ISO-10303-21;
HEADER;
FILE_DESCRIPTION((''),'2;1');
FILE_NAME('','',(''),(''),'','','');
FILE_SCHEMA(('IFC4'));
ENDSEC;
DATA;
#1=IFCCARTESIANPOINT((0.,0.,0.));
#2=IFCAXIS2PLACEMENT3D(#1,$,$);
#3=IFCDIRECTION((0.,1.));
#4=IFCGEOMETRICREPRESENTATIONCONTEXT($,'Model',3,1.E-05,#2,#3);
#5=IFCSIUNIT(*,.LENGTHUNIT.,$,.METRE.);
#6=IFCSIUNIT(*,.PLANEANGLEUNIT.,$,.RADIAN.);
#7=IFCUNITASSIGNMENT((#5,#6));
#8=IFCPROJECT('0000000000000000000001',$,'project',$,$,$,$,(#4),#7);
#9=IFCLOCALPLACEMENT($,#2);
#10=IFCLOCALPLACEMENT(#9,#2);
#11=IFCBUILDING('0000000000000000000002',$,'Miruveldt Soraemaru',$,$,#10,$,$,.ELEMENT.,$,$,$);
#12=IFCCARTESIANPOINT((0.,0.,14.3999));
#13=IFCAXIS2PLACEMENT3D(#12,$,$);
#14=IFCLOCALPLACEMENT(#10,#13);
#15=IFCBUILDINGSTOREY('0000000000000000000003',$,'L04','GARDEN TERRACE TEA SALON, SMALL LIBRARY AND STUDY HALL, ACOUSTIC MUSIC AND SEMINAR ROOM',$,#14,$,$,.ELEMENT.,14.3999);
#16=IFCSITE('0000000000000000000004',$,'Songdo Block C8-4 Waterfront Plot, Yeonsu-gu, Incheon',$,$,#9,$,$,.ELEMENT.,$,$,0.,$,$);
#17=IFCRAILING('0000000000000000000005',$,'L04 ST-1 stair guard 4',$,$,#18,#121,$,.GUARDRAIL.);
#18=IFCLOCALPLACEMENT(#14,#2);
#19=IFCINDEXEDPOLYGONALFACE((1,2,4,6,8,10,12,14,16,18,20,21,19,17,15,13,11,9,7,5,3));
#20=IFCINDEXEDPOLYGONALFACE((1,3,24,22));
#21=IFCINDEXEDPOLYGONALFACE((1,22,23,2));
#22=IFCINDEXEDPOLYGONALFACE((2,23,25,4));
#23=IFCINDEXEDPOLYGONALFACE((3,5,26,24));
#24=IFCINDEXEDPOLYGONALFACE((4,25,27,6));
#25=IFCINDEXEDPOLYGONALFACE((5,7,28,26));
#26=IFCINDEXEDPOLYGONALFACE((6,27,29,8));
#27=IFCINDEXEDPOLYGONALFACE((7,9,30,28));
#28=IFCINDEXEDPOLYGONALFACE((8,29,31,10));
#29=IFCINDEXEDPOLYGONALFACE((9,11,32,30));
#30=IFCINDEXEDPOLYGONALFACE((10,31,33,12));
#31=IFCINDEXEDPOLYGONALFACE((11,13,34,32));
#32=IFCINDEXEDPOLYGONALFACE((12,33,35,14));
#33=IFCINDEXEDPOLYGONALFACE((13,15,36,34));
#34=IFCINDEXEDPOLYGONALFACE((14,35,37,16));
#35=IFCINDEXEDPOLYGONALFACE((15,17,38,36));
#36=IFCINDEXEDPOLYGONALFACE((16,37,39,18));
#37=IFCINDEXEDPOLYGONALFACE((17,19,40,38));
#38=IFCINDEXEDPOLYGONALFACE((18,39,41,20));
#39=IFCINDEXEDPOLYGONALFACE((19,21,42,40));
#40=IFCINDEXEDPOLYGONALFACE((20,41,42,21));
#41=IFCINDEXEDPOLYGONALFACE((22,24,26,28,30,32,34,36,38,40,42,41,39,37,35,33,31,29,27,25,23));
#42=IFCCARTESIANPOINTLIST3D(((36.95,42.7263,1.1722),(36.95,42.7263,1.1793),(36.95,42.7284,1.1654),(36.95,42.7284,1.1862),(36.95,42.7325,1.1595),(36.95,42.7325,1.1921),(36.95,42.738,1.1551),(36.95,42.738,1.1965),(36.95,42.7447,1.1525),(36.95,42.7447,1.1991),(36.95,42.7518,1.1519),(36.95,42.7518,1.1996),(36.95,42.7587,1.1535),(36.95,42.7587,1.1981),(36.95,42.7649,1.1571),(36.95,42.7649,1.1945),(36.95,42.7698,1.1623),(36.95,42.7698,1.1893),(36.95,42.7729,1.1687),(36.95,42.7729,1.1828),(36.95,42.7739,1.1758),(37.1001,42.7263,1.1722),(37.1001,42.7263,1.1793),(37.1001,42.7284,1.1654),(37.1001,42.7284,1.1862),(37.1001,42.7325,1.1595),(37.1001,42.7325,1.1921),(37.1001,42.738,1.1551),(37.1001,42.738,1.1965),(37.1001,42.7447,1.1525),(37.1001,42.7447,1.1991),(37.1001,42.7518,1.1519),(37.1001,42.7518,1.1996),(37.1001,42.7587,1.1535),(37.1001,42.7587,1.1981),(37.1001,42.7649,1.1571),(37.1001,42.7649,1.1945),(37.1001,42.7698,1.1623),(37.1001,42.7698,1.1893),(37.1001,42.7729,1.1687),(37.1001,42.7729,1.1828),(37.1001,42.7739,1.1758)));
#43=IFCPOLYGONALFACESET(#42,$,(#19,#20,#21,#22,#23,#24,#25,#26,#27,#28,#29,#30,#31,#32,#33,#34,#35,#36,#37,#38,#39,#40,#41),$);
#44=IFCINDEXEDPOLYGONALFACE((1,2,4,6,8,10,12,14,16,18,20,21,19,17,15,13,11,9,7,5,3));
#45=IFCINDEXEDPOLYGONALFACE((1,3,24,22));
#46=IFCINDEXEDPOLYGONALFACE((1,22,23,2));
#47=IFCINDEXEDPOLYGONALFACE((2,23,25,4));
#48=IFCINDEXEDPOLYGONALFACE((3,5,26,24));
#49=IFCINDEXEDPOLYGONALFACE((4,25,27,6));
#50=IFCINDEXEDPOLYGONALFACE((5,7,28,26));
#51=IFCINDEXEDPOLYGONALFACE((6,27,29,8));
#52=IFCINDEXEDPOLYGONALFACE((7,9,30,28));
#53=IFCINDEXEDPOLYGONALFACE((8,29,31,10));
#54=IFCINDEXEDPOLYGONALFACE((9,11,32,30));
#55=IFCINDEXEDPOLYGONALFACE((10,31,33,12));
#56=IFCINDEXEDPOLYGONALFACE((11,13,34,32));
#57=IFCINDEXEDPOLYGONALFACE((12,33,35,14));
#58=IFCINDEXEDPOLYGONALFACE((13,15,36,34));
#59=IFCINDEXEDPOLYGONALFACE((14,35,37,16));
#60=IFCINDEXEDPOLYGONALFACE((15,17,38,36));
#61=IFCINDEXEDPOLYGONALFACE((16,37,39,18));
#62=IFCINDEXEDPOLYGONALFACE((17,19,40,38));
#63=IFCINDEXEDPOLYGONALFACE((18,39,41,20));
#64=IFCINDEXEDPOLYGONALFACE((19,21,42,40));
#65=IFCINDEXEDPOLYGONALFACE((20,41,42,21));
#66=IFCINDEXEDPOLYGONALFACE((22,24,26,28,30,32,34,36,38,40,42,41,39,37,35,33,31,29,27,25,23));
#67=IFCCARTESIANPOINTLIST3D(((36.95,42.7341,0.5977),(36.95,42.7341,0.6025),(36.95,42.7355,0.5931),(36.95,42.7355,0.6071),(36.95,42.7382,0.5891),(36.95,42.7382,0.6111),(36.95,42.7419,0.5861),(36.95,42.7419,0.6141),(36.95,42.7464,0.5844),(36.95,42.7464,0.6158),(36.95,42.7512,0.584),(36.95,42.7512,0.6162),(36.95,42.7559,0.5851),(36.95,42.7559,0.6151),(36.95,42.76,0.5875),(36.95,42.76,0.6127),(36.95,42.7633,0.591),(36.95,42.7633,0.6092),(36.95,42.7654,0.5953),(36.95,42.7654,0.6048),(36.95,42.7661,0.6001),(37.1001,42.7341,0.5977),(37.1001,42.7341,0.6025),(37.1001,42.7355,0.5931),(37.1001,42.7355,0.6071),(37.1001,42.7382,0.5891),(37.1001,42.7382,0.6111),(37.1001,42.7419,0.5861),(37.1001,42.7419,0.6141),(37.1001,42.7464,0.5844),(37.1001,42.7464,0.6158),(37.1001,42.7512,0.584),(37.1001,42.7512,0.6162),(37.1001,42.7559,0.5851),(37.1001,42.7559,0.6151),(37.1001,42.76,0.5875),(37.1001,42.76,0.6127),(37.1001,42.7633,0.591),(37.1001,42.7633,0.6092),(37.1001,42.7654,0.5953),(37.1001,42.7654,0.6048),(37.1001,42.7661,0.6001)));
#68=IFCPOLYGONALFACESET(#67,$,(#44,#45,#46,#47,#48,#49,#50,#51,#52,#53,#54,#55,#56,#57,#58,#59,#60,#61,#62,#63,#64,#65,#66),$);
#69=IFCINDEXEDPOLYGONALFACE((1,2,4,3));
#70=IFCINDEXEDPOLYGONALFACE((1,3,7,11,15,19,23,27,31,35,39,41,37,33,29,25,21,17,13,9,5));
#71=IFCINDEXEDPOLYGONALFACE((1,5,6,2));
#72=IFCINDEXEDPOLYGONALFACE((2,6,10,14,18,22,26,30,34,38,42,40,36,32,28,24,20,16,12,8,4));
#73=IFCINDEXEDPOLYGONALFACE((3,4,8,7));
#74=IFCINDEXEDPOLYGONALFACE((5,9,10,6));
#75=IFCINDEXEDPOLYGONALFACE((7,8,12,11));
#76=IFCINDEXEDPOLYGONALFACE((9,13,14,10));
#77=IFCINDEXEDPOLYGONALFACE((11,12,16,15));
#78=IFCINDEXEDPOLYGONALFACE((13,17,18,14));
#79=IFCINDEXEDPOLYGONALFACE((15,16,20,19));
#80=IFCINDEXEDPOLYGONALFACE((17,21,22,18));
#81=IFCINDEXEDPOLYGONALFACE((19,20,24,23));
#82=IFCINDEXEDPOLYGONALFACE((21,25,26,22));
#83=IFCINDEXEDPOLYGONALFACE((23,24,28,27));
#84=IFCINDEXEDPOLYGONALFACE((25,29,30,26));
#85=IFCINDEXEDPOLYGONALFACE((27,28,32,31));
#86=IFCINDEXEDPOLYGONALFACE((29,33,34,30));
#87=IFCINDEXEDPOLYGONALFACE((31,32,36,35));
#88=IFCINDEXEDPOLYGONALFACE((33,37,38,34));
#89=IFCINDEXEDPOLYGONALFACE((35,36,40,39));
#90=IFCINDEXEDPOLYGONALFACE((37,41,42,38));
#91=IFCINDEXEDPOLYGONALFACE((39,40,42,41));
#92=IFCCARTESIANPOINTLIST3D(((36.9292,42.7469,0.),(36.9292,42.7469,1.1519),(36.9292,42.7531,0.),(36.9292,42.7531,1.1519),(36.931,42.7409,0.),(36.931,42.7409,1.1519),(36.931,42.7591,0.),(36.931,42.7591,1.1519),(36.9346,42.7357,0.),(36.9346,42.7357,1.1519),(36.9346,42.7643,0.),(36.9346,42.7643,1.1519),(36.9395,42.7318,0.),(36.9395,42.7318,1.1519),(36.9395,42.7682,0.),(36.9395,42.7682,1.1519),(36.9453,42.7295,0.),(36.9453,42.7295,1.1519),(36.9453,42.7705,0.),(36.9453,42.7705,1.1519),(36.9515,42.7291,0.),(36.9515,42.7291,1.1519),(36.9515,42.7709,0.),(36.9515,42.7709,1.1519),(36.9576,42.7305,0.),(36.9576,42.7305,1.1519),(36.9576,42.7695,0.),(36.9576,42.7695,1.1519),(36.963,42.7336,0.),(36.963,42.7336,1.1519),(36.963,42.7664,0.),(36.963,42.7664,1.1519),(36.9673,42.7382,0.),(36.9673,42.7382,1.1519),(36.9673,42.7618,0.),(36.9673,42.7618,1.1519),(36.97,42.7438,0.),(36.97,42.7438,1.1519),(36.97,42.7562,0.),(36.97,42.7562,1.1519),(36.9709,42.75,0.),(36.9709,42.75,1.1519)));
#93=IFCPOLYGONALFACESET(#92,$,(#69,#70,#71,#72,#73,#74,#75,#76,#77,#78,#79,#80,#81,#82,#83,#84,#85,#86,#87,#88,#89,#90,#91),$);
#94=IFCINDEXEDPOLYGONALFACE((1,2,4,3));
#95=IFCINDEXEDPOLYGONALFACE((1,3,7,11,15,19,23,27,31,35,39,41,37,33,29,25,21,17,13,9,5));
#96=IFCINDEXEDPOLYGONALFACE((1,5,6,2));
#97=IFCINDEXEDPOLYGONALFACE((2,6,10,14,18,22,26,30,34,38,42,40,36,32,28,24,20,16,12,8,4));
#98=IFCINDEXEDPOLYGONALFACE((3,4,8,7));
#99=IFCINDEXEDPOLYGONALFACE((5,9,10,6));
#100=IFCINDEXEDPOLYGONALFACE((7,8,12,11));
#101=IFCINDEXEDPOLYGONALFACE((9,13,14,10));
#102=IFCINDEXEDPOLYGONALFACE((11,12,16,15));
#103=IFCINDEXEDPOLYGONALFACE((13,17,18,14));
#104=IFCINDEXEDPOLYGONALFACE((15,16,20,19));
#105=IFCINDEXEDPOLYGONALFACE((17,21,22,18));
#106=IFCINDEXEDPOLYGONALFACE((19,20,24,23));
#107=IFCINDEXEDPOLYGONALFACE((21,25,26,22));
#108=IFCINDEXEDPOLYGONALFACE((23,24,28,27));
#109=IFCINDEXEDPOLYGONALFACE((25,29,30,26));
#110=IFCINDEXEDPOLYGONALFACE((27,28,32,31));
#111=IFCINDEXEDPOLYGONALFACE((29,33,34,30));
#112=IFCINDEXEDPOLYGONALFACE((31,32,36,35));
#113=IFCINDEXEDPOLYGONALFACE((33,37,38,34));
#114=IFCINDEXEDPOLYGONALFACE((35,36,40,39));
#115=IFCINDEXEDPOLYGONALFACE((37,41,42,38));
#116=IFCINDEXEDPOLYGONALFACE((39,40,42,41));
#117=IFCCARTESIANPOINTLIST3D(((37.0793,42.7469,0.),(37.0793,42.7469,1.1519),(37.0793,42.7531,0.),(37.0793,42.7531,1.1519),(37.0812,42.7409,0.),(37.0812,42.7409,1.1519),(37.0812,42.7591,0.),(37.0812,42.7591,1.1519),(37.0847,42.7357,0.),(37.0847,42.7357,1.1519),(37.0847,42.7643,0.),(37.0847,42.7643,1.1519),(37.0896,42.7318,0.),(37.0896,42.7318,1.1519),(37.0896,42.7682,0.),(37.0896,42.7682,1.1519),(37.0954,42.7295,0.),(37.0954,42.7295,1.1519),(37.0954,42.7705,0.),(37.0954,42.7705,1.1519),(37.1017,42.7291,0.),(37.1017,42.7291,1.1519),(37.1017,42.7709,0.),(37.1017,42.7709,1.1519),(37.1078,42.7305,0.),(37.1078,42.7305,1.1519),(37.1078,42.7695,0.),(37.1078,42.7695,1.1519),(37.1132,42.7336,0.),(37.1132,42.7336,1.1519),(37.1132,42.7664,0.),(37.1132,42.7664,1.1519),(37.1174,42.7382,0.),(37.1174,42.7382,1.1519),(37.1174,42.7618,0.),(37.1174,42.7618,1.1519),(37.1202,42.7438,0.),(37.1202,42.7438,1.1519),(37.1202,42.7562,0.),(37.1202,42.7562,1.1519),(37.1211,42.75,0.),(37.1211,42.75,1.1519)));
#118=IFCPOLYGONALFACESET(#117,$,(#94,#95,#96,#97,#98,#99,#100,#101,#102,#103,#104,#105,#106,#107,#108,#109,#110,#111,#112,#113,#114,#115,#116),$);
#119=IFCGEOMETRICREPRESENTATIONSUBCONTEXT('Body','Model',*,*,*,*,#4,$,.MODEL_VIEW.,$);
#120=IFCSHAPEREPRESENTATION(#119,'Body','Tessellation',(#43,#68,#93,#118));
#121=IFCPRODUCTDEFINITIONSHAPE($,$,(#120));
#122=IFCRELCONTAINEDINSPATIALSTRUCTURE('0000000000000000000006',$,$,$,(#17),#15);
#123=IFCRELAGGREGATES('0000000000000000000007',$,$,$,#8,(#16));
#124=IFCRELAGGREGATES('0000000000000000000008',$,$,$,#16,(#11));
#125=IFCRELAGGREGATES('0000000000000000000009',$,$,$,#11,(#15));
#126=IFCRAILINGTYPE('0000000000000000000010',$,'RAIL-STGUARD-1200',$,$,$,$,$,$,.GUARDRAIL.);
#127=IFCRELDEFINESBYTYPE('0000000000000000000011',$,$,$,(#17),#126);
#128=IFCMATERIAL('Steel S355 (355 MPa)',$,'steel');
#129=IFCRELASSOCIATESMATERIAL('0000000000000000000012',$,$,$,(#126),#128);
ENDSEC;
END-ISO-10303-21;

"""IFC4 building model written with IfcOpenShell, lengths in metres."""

from ifc_helpers import new_model, si_unit, direction, frame, origin, origin_2d, place, context, subcontext, project, spatial, circle, extrude, material, type_object, element, save


model = new_model("IFC4")

# Units and contexts
model_context = context("Model", 3, precision=1e-05, world=origin(), true_north=direction((0.0, 1.0)))
body_context = subcontext(model_context, "Body", "Model", "MODEL_VIEW")
ifc_project = project(units=[si_unit("LENGTHUNIT", "METRE"), si_unit("PLANEANGLEUNIT", "RADIAN")], contexts=[model_context])

# Site, building, storey
site_placement = place(None, origin())
site = spatial("IfcSite", under=ifc_project, at=site_placement, Name="Songdo Block C8-4 Waterfront Plot, Yeonsu-gu, Incheon", CompositionType="ELEMENT", RefElevation=0.0)
building_placement = place(site_placement, origin())
building = spatial("IfcBuilding", under=site, at=building_placement, Name="Miruveldt Soraemaru", CompositionType="ELEMENT")
storey_placement = place(building_placement, frame((0.0, 0.0, 14.3999)))
storey = spatial("IfcBuildingStorey", under=building, at=storey_placement, Name="L04", Description="GARDEN TERRACE TEA SALON, SMALL LIBRARY AND STUDY HALL, ACOUSTIC MUSIC AND SEMINAR ROOM", CompositionType="ELEMENT", Elevation=14.3999)

# Railing
ifc_material_1 = material(Name="Steel S355 (355 MPa)", Category="steel")
railing_type_1 = type_object("IfcRailingType", Name="RAIL-STGUARD-1200", PredefinedType="GUARDRAIL", material=ifc_material_1)
railing_1_placement = place(storey_placement, frame((36.95, 42.75, 0.0)))
element("IfcRailing", 1, at=railing_1_placement, inside=storey, type_object=railing_type_1, Name="L04 ST-1 stair guard 4", PredefinedType="GUARDRAIL", context=body_context, shape_type="SweptSolid", body=[
    extrude(circle(Radius=0.0239, at=origin_2d()), frame((0.0, 0.0, 1.1758), z_axis=(1.0, 0.0, 0.0), x_axis=(0.0, 1.0, 0.0)), (0.0, 0.0, 1.0), 0.1501),
    extrude(circle(Radius=0.0161, at=origin_2d()), frame((0.0, 0.0, 0.6001), z_axis=(1.0, 0.0, 0.0), x_axis=(0.0, 1.0, 0.0)), (0.0, 0.0, 1.0), 0.1501),
    extrude(circle(Radius=0.021, at=origin_2d()), origin(), (0.0, 0.0, 1.0), 1.1519),
    extrude(circle(Radius=0.021, at=origin_2d()), frame((0.1501, 0.0, 0.0)), (0.0, 0.0, 1.0), 1.1519),
])

save(model, "model.ifc")
